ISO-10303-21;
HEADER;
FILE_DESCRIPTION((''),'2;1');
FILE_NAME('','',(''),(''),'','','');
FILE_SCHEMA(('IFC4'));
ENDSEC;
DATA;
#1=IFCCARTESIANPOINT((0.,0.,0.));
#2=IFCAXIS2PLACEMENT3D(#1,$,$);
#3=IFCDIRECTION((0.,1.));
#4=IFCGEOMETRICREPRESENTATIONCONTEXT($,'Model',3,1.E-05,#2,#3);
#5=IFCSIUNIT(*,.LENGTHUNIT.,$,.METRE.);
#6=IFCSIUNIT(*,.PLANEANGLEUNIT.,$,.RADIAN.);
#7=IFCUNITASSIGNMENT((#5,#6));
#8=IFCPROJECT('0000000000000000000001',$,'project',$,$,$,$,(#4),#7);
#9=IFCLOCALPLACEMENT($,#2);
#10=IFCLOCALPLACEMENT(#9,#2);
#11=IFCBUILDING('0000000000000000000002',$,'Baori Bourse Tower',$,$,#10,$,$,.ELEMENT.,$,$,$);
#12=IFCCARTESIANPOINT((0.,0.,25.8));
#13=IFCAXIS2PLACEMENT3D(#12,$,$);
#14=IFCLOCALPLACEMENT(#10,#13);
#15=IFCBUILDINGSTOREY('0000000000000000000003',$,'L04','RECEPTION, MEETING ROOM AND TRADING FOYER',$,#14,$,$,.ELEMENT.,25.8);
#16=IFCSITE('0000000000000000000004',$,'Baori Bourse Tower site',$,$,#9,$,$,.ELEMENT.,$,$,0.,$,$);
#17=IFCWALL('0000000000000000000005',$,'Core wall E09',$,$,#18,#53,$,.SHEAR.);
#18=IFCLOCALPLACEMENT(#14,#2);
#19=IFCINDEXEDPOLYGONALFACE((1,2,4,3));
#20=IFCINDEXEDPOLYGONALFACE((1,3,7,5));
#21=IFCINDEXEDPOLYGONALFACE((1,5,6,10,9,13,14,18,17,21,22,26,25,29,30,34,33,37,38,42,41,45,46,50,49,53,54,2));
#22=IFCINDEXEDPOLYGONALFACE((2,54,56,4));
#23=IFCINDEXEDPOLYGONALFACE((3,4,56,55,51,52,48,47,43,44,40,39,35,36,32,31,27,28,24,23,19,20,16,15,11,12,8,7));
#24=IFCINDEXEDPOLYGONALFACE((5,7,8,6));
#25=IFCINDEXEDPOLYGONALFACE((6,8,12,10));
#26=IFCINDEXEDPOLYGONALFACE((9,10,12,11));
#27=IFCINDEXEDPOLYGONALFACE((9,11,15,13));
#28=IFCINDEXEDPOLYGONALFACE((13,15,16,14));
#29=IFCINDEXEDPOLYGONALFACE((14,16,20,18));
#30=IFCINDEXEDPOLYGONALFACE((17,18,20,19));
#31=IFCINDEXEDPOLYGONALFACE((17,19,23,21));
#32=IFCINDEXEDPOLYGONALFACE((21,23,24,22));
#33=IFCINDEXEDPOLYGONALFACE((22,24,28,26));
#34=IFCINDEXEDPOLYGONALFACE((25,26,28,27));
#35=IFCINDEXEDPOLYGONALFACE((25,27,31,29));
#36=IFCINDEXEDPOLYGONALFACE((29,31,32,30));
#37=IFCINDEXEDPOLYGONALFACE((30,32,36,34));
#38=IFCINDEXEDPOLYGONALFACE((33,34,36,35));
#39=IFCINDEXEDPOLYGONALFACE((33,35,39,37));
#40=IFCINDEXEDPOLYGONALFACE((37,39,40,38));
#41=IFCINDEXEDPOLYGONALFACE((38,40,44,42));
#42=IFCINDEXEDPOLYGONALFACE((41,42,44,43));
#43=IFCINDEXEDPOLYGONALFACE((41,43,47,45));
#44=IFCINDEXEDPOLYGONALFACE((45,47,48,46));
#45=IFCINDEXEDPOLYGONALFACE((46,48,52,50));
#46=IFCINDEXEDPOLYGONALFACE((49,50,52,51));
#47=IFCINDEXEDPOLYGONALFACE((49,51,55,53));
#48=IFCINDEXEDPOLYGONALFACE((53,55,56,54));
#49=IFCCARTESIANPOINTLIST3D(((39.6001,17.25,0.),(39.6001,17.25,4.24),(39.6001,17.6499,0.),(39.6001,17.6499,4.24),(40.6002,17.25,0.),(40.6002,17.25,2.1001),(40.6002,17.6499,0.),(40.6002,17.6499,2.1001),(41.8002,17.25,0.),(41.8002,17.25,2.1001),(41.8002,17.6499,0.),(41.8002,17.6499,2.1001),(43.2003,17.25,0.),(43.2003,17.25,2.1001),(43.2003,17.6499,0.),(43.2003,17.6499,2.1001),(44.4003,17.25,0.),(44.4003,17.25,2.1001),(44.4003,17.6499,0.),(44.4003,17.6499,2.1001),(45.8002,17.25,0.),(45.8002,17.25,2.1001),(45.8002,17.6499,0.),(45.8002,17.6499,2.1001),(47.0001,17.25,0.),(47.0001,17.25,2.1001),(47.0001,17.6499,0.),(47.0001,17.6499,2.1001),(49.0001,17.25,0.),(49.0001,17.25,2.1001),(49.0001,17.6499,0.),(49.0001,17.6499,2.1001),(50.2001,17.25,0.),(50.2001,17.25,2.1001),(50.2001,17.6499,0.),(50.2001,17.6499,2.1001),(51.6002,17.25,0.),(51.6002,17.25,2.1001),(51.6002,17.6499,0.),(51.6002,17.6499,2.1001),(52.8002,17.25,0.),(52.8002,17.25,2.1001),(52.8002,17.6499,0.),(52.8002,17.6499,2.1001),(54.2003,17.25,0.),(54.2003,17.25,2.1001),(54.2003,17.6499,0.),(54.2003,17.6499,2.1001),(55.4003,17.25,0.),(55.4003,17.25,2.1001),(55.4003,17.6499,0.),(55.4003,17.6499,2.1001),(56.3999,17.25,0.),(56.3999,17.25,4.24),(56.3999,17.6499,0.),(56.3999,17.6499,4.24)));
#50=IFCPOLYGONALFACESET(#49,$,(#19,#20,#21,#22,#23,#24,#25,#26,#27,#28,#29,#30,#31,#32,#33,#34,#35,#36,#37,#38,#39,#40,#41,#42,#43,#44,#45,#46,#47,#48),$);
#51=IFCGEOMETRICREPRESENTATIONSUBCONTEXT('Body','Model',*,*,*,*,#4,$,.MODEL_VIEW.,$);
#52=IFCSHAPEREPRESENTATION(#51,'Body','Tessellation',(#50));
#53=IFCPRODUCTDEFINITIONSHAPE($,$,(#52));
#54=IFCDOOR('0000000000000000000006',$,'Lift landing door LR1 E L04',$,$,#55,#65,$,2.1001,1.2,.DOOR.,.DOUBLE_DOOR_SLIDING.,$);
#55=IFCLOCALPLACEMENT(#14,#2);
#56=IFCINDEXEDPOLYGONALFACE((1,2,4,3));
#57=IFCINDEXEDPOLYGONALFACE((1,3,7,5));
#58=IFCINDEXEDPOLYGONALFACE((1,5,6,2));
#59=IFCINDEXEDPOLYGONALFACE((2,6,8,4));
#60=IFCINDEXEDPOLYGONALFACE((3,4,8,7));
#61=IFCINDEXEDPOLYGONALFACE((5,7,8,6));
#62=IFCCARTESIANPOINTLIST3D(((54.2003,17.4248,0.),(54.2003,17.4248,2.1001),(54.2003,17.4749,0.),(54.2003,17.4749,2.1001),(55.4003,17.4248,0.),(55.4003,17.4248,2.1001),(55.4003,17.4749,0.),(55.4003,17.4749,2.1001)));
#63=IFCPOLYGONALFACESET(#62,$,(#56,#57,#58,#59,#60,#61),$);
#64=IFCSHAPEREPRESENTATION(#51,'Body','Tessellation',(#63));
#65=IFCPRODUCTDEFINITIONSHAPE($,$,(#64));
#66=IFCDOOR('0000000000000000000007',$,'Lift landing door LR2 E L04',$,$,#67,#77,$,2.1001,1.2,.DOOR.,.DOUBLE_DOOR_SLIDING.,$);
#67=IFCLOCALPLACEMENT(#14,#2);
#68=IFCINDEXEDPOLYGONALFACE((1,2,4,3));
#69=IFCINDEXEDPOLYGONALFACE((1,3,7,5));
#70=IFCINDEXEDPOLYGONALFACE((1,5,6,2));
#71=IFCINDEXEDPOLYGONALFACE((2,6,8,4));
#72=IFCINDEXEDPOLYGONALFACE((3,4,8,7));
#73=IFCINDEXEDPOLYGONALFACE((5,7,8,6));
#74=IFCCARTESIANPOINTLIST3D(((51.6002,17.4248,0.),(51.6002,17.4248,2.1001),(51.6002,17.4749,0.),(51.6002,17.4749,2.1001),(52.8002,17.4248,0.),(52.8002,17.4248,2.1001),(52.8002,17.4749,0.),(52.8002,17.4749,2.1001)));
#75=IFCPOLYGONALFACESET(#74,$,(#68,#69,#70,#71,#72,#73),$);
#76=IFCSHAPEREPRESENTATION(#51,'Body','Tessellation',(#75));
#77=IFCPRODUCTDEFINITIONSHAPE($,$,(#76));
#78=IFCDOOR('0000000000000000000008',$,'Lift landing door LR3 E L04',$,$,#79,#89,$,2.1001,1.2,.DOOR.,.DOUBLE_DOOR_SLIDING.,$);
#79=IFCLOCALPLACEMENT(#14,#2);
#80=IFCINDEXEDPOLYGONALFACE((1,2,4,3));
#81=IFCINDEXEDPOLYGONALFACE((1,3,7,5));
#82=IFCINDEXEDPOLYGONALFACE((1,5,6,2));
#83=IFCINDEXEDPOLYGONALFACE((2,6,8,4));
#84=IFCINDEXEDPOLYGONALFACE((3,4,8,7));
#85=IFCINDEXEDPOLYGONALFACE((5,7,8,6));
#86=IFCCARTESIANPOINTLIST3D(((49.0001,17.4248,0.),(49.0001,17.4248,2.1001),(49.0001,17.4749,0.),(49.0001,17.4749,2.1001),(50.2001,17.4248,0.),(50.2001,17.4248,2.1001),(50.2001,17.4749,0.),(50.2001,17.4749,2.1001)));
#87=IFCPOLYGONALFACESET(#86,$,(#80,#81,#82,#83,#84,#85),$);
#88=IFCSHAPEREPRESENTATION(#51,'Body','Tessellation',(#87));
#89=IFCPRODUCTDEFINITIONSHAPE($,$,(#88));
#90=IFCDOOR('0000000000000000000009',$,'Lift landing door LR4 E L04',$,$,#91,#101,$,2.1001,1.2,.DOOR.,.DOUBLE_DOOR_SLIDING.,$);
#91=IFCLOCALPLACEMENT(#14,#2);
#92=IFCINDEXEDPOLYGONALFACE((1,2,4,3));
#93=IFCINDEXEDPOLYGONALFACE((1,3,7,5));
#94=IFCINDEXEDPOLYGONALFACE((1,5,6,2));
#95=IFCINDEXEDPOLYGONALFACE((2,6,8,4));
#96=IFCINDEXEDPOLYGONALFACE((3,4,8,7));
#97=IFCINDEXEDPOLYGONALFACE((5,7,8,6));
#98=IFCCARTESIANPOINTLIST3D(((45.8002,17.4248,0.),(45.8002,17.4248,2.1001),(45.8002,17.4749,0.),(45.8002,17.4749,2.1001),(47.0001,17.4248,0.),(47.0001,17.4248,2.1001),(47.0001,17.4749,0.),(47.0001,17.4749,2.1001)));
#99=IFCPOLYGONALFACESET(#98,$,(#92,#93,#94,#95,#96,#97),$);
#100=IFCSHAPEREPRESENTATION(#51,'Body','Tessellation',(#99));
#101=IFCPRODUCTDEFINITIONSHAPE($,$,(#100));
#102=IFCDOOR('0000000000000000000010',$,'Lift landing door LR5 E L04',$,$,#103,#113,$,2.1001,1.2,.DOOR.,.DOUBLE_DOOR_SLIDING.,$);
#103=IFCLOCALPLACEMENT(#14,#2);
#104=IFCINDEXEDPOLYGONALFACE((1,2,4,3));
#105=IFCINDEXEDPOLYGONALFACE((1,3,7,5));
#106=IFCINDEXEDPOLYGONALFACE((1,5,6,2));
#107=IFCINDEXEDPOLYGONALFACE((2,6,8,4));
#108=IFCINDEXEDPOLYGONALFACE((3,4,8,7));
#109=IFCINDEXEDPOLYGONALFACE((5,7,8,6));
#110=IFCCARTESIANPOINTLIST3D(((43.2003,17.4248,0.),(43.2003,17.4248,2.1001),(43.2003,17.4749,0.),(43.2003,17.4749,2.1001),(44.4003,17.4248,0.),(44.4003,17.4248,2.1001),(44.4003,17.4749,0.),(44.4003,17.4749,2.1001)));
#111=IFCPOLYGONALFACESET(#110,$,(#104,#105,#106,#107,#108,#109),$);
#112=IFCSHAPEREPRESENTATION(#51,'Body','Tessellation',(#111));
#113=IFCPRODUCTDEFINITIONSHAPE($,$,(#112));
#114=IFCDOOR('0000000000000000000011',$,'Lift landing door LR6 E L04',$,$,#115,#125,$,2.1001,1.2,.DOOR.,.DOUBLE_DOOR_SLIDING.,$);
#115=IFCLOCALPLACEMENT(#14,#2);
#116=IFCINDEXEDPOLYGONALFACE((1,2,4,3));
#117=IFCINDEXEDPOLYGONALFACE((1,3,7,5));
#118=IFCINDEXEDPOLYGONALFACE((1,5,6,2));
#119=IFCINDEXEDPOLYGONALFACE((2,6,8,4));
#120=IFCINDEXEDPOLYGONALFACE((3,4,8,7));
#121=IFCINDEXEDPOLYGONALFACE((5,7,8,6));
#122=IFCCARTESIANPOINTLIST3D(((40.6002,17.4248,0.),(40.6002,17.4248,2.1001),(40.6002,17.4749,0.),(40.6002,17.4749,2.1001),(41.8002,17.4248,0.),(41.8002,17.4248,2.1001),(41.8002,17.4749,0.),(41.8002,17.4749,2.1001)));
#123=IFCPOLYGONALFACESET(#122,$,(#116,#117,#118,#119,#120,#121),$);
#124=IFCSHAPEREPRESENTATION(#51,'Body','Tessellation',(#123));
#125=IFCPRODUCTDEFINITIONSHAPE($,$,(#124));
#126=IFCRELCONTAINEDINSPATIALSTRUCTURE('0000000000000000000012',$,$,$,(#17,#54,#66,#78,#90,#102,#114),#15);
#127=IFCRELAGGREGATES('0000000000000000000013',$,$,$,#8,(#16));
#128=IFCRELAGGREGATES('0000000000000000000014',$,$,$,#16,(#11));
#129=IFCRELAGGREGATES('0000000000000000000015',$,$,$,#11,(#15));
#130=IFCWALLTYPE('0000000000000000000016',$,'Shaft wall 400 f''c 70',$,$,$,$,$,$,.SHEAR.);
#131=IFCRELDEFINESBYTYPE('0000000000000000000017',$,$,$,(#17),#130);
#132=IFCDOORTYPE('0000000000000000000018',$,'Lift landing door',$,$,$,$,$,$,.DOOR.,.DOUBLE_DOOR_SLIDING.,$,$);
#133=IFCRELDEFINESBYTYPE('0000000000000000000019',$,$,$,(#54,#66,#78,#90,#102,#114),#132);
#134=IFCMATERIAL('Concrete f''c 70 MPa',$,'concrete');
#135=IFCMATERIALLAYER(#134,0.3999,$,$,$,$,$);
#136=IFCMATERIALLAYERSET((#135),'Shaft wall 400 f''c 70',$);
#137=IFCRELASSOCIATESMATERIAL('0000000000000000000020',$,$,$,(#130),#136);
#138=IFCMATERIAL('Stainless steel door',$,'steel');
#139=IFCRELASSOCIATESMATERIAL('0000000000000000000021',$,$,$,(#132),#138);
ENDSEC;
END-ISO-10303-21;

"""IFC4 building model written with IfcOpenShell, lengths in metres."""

from ifc_helpers import new_model, si_unit, direction, frame, frame_2d, origin, place, context, subcontext, project, spatial, rectangle, extrude, material, layer, layer_set, type_object, element, fill, save


model = new_model("IFC4")

# Units and contexts
model_context = context("Model", 3, precision=1e-05, world=origin(), true_north=direction((0.0, 1.0)))
body_context = subcontext(model_context, "Body", "Model", "MODEL_VIEW")
ifc_project = project(units=[si_unit("LENGTHUNIT", "METRE"), si_unit("PLANEANGLEUNIT", "RADIAN")], contexts=[model_context])

# Site, building, storey
site_placement = place(None, origin())
site = spatial("IfcSite", under=ifc_project, at=site_placement, Name="Baori Bourse Tower site", CompositionType="ELEMENT", RefElevation=0.0)
building_placement = place(site_placement, origin())
building = spatial("IfcBuilding", under=site, at=building_placement, Name="Baori Bourse Tower", CompositionType="ELEMENT")
storey_placement = place(building_placement, frame((0.0, 0.0, 25.8)))
storey = spatial("IfcBuildingStorey", under=building, at=storey_placement, Name="L04", Description="RECEPTION, MEETING ROOM AND TRADING FOYER", CompositionType="ELEMENT", Elevation=25.8)

# Wall, openings, doors
ifc_material_1 = material(Name="Concrete f'c 70 MPa", Category="concrete")
ifc_layer_1 = layer(ifc_material_1, 0.3999)
ifc_layer_set_1 = layer_set([ifc_layer_1], Name="Shaft wall 400 f'c 70")
wall_type_1 = type_object("IfcWallType", Name="Shaft wall 400 f'c 70", PredefinedType="SHEAR", material=ifc_layer_set_1)
wall_1_placement = place(storey_placement, frame((39.6001, 17.45, 0.0), z_axis=(0.0, 0.0, 1.0), x_axis=(1.0, 0.0, 0.0)))
wall_1 = element("IfcWall", 1, at=wall_1_placement, inside=storey, type_object=wall_type_1, Name="Core wall E09", PredefinedType="SHEAR", context=body_context, shape_type="SweptSolid", body=[
    extrude(rectangle(XDim=16.7998, YDim=0.3999, at=frame_2d((8.3999, 0.0))), origin(), (0.0, 0.0, 1.0), 4.24),
])
opening_1_placement = place(wall_1_placement, frame((14.6001, 0.0, 0.0)))
opening_1 = element("IfcOpeningElement", 2, at=opening_1_placement, cuts=wall_1, PredefinedType="OPENING", context=body_context, shape_type="SweptSolid", body=[
    extrude(rectangle(XDim=1.2, YDim=2.1001, at=frame_2d((0.6001, 1.05))), frame((0.0, 0.21, 0.0), z_axis=(0.0, -1.0, 0.0), x_axis=(1.0, 0.0, 0.0)), (0.0, 0.0, 1.0), 0.4199),
])
opening_2_placement = place(wall_1_placement, frame((12.0, 0.0, 0.0)))
opening_2 = element("IfcOpeningElement", 3, at=opening_2_placement, cuts=wall_1, PredefinedType="OPENING", context=body_context, shape_type="SweptSolid", body=[
    extrude(rectangle(XDim=1.2, YDim=2.1001, at=frame_2d((0.6001, 1.05))), frame((0.0, 0.21, 0.0), z_axis=(0.0, -1.0, 0.0), x_axis=(1.0, 0.0, 0.0)), (0.0, 0.0, 1.0), 0.4199),
])
opening_3_placement = place(wall_1_placement, frame((9.3999, 0.0, 0.0)))
opening_3 = element("IfcOpeningElement", 4, at=opening_3_placement, cuts=wall_1, PredefinedType="OPENING", context=body_context, shape_type="SweptSolid", body=[
    extrude(rectangle(XDim=1.2, YDim=2.1001, at=frame_2d((0.6001, 1.05))), frame((0.0, 0.21, 0.0), z_axis=(0.0, -1.0, 0.0), x_axis=(1.0, 0.0, 0.0)), (0.0, 0.0, 1.0), 0.4199),
])
opening_4_placement = place(wall_1_placement, frame((6.2, 0.0, 0.0)))
opening_4 = element("IfcOpeningElement", 5, at=opening_4_placement, cuts=wall_1, PredefinedType="OPENING", context=body_context, shape_type="SweptSolid", body=[
    extrude(rectangle(XDim=1.2, YDim=2.1001, at=frame_2d((0.6001, 1.05))), frame((0.0, 0.21, 0.0), z_axis=(0.0, -1.0, 0.0), x_axis=(1.0, 0.0, 0.0)), (0.0, 0.0, 1.0), 0.4199),
])
opening_5_placement = place(wall_1_placement, frame((3.6001, 0.0, 0.0)))
opening_5 = element("IfcOpeningElement", 6, at=opening_5_placement, cuts=wall_1, PredefinedType="OPENING", context=body_context, shape_type="SweptSolid", body=[
    extrude(rectangle(XDim=1.2, YDim=2.1001, at=frame_2d((0.6001, 1.05))), frame((0.0, 0.21, 0.0), z_axis=(0.0, -1.0, 0.0), x_axis=(1.0, 0.0, 0.0)), (0.0, 0.0, 1.0), 0.4199),
])
opening_6_placement = place(wall_1_placement, frame((1.0, 0.0, 0.0)))
opening_6 = element("IfcOpeningElement", 7, at=opening_6_placement, cuts=wall_1, PredefinedType="OPENING", context=body_context, shape_type="SweptSolid", body=[
    extrude(rectangle(XDim=1.2, YDim=2.1001, at=frame_2d((0.6001, 1.05))), frame((0.0, 0.21, 0.0), z_axis=(0.0, -1.0, 0.0), x_axis=(1.0, 0.0, 0.0)), (0.0, 0.0, 1.0), 0.4199),
])
ifc_material_2 = material(Name="Stainless steel door", Category="steel")
door_type_1 = type_object("IfcDoorType", Name="Lift landing door", OperationType="DOUBLE_DOOR_SLIDING", PredefinedType="DOOR", material=ifc_material_2)
door_1_placement = place(opening_1_placement, origin())
door_1 = element("IfcDoor", 8, at=door_1_placement, inside=storey, type_object=door_type_1, Name="Lift landing door LR1 E L04", OperationType="DOUBLE_DOOR_SLIDING", OverallHeight=2.1001, OverallWidth=1.2, PredefinedType="DOOR", context=body_context, shape_type="SweptSolid", body=[
    extrude(rectangle(XDim=1.2, YDim=2.1001, at=frame_2d((0.6001, 1.05))), frame((0.0, 0.0249, 0.0), z_axis=(0.0, -1.0, 0.0), x_axis=(1.0, 0.0, 0.0)), (0.0, 0.0, 1.0), 0.05),
])
fill(opening_1, door_1)
door_2_placement = place(opening_2_placement, origin())
door_2 = element("IfcDoor", 9, at=door_2_placement, inside=storey, type_object=door_type_1, Name="Lift landing door LR2 E L04", OperationType="DOUBLE_DOOR_SLIDING", OverallHeight=2.1001, OverallWidth=1.2, PredefinedType="DOOR", context=body_context, shape_type="SweptSolid", body=[
    extrude(rectangle(XDim=1.2, YDim=2.1001, at=frame_2d((0.6001, 1.05))), frame((0.0, 0.0249, 0.0), z_axis=(0.0, -1.0, 0.0), x_axis=(1.0, 0.0, 0.0)), (0.0, 0.0, 1.0), 0.05),
])
fill(opening_2, door_2)
door_3_placement = place(opening_3_placement, origin())
door_3 = element("IfcDoor", 10, at=door_3_placement, inside=storey, type_object=door_type_1, Name="Lift landing door LR3 E L04", OperationType="DOUBLE_DOOR_SLIDING", OverallHeight=2.1001, OverallWidth=1.2, PredefinedType="DOOR", context=body_context, shape_type="SweptSolid", body=[
    extrude(rectangle(XDim=1.2, YDim=2.1001, at=frame_2d((0.6001, 1.05))), frame((0.0, 0.0249, 0.0), z_axis=(0.0, -1.0, 0.0), x_axis=(1.0, 0.0, 0.0)), (0.0, 0.0, 1.0), 0.05),
])
fill(opening_3, door_3)
door_4_placement = place(opening_4_placement, origin())
door_4 = element("IfcDoor", 11, at=door_4_placement, inside=storey, type_object=door_type_1, Name="Lift landing door LR4 E L04", OperationType="DOUBLE_DOOR_SLIDING", OverallHeight=2.1001, OverallWidth=1.2, PredefinedType="DOOR", context=body_context, shape_type="SweptSolid", body=[
    extrude(rectangle(XDim=1.2, YDim=2.1001, at=frame_2d((0.6001, 1.05))), frame((0.0, 0.0249, 0.0), z_axis=(0.0, -1.0, 0.0), x_axis=(1.0, 0.0, 0.0)), (0.0, 0.0, 1.0), 0.05),
])
fill(opening_4, door_4)
door_5_placement = place(opening_5_placement, origin())
door_5 = element("IfcDoor", 12, at=door_5_placement, inside=storey, type_object=door_type_1, Name="Lift landing door LR5 E L04", OperationType="DOUBLE_DOOR_SLIDING", OverallHeight=2.1001, OverallWidth=1.2, PredefinedType="DOOR", context=body_context, shape_type="SweptSolid", body=[
    extrude(rectangle(XDim=1.2, YDim=2.1001, at=frame_2d((0.6001, 1.05))), frame((0.0, 0.0249, 0.0), z_axis=(0.0, -1.0, 0.0), x_axis=(1.0, 0.0, 0.0)), (0.0, 0.0, 1.0), 0.05),
])
fill(opening_5, door_5)
door_6_placement = place(opening_6_placement, origin())
door_6 = element("IfcDoor", 13, at=door_6_placement, inside=storey, type_object=door_type_1, Name="Lift landing door LR6 E L04", OperationType="DOUBLE_DOOR_SLIDING", OverallHeight=2.1001, OverallWidth=1.2, PredefinedType="DOOR", context=body_context, shape_type="SweptSolid", body=[
    extrude(rectangle(XDim=1.2, YDim=2.1001, at=frame_2d((0.6001, 1.05))), frame((0.0, 0.0249, 0.0), z_axis=(0.0, -1.0, 0.0), x_axis=(1.0, 0.0, 0.0)), (0.0, 0.0, 1.0), 0.05),
])
fill(opening_6, door_6)

save(model, "model.ifc")
